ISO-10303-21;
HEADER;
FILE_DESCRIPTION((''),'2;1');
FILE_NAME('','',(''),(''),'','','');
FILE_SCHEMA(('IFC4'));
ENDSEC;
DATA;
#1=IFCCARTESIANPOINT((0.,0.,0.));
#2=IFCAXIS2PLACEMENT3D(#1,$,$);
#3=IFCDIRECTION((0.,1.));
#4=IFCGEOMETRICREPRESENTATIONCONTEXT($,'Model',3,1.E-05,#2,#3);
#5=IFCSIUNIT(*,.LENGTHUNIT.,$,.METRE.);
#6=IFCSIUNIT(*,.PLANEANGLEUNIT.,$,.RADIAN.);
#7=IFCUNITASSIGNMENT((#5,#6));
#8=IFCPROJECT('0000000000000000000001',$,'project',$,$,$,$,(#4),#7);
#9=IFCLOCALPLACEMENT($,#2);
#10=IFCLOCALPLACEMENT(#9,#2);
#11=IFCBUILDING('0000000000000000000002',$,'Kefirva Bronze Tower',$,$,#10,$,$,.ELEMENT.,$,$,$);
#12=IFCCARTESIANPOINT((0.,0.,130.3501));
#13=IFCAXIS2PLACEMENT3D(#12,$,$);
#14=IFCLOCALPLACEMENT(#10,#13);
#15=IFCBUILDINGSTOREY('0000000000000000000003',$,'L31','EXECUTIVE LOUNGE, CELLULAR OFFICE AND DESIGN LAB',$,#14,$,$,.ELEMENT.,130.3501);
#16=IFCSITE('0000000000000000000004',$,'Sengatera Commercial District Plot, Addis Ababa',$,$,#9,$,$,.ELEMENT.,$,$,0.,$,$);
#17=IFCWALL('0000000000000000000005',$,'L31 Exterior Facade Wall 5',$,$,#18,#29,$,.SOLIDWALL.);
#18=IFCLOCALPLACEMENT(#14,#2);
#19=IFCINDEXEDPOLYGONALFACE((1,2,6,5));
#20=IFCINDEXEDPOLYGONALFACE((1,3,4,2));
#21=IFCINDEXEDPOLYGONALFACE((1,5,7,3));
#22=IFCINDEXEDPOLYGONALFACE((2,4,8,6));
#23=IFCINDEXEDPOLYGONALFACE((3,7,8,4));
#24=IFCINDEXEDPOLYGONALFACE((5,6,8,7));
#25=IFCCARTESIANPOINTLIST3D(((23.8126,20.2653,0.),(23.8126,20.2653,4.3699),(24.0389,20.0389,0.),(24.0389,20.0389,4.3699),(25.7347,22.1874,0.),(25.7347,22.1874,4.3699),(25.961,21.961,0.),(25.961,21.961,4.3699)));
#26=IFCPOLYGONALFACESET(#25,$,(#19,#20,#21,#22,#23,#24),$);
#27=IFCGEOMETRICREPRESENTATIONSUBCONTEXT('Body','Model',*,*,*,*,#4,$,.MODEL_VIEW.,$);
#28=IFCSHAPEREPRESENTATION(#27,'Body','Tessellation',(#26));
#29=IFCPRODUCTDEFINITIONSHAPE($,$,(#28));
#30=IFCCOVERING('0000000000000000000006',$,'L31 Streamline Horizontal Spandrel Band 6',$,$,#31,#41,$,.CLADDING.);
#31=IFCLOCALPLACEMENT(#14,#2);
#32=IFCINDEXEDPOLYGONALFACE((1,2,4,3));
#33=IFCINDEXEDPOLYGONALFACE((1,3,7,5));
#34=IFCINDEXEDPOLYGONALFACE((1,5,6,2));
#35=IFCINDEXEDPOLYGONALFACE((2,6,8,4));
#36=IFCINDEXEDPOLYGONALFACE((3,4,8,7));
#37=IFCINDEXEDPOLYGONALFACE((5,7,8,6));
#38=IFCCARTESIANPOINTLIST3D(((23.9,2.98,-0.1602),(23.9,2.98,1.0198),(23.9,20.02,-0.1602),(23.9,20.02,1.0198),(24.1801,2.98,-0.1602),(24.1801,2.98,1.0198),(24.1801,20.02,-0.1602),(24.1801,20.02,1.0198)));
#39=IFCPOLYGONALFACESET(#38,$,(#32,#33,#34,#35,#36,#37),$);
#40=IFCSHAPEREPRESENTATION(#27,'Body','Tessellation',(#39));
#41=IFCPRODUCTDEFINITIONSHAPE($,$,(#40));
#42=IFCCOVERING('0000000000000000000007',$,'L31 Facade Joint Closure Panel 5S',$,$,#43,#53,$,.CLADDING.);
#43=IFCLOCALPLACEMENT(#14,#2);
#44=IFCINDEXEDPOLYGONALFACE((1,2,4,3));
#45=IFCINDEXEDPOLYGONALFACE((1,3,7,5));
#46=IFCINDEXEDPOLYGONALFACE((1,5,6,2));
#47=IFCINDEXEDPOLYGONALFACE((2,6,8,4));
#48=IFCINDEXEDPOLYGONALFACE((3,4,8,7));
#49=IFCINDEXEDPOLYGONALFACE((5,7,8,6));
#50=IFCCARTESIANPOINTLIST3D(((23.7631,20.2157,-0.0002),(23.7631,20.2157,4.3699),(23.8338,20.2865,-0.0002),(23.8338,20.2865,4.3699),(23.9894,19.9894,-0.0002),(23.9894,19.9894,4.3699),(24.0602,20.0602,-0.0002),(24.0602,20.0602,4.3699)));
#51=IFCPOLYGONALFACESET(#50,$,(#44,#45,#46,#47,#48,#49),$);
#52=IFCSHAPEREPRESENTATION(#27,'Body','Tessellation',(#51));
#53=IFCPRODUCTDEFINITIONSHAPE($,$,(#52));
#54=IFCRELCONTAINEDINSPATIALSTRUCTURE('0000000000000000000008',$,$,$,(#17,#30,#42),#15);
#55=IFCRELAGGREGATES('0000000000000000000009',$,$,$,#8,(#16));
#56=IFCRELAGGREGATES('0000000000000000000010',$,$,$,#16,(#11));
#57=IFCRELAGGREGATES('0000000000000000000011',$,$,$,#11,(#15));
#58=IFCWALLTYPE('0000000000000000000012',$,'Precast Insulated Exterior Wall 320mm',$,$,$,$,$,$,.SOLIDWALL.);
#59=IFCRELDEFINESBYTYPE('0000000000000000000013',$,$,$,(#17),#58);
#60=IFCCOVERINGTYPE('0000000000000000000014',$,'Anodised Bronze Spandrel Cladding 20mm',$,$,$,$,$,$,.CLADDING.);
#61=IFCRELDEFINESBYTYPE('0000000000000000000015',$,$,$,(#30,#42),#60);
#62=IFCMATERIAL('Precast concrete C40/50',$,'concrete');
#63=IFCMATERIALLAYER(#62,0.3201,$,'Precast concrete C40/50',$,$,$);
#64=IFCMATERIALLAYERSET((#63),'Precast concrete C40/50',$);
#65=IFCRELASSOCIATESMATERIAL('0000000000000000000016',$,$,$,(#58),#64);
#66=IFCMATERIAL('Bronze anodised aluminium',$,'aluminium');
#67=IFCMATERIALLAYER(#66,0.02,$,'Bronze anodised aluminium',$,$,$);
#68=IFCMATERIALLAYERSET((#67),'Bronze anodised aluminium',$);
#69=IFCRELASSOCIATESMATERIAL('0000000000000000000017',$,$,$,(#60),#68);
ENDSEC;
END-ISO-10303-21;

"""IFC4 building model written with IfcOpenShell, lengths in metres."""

from ifc_helpers import new_model, si_unit, direction, frame, frame_2d, origin, origin_2d, place, context, subcontext, project, spatial, rectangle, extrude, material, layer, layer_set, type_object, element, save


model = new_model("IFC4")

# Units and contexts
model_context = context("Model", 3, precision=1e-05, world=origin(), true_north=direction((0.0, 1.0)))
body_context = subcontext(model_context, "Body", "Model", "MODEL_VIEW")
ifc_project = project(units=[si_unit("LENGTHUNIT", "METRE"), si_unit("PLANEANGLEUNIT", "RADIAN")], contexts=[model_context])

# Site, building, storey
site_placement = place(None, origin())
site = spatial("IfcSite", under=ifc_project, at=site_placement, Name="Sengatera Commercial District Plot, Addis Ababa", CompositionType="ELEMENT", RefElevation=0.0)
building_placement = place(site_placement, origin())
building = spatial("IfcBuilding", under=site, at=building_placement, Name="Kefirva Bronze Tower", CompositionType="ELEMENT")
storey_placement = place(building_placement, frame((0.0, 0.0, 130.3501)))
storey = spatial("IfcBuildingStorey", under=building, at=storey_placement, Name="L31", Description="EXECUTIVE LOUNGE, CELLULAR OFFICE AND DESIGN LAB", CompositionType="ELEMENT", Elevation=130.3501)

# Shared definitions
ifc_material_1 = material(Name="Bronze anodised aluminium", Category="aluminium")

# Wall
ifc_material_2 = material(Name="Precast concrete C40/50", Category="concrete")
ifc_layer_1 = layer(ifc_material_2, 0.3201, Name="Precast concrete C40/50")
ifc_layer_set_1 = layer_set([ifc_layer_1], Name="Precast concrete C40/50")
wall_type = type_object("IfcWallType", Name="Precast Insulated Exterior Wall 320mm", PredefinedType="SOLIDWALL", material=ifc_layer_set_1)
wall_placement = place(storey_placement, frame((23.9258, 20.1521, 0.0), z_axis=(0.0, 0.0, 1.0), x_axis=(0.707107, 0.707107, 0.0)))
element("IfcWall", 1, at=wall_placement, inside=storey, type_object=wall_type, Name="L31 Exterior Facade Wall 5", PredefinedType="SOLIDWALL", context=body_context, shape_type="SweptSolid", body=[
    extrude(rectangle(XDim=2.7183, YDim=0.3201, at=frame_2d((1.3591, 0.0))), origin(), (0.0, 0.0, 1.0), 4.3699),
])

# Coverings
ifc_layer_2 = layer(ifc_material_1, 0.02, Name="Bronze anodised aluminium")
ifc_layer_set_2 = layer_set([ifc_layer_2], Name="Bronze anodised aluminium")
covering_type = type_object("IfcCoveringType", Name="Anodised Bronze Spandrel Cladding 20mm", PredefinedType="CLADDING", material=ifc_layer_set_2)
covering_1_placement = place(storey_placement, frame((24.04, 11.5, -0.1602), z_axis=(0.0, 0.0, 1.0), x_axis=(0.0, 1.0, 0.0)))
element("IfcCovering", 2, at=covering_1_placement, inside=storey, type_object=covering_type, Name="L31 Streamline Horizontal Spandrel Band 6", PredefinedType="CLADDING", context=body_context, shape_type="SweptSolid", body=[
    extrude(rectangle(XDim=17.04, YDim=0.28, at=origin_2d()), origin(), (0.0, 0.0, 1.0), 1.1799),
])
covering_2_placement = place(storey_placement, frame((23.9116, 20.1379, -0.0002), z_axis=(0.0, 0.0, 1.0), x_axis=(0.707107, 0.707107, 0.0)))
element("IfcCovering", 3, at=covering_2_placement, inside=storey, type_object=covering_type, Name="L31 Facade Joint Closure Panel 5S", PredefinedType="CLADDING", context=body_context, shape_type="SweptSolid", body=[
    extrude(rectangle(XDim=0.1001, YDim=0.3201, at=origin_2d()), origin(), (0.0, 0.0, 1.0), 4.3701),
])

save(model, "model.ifc")
